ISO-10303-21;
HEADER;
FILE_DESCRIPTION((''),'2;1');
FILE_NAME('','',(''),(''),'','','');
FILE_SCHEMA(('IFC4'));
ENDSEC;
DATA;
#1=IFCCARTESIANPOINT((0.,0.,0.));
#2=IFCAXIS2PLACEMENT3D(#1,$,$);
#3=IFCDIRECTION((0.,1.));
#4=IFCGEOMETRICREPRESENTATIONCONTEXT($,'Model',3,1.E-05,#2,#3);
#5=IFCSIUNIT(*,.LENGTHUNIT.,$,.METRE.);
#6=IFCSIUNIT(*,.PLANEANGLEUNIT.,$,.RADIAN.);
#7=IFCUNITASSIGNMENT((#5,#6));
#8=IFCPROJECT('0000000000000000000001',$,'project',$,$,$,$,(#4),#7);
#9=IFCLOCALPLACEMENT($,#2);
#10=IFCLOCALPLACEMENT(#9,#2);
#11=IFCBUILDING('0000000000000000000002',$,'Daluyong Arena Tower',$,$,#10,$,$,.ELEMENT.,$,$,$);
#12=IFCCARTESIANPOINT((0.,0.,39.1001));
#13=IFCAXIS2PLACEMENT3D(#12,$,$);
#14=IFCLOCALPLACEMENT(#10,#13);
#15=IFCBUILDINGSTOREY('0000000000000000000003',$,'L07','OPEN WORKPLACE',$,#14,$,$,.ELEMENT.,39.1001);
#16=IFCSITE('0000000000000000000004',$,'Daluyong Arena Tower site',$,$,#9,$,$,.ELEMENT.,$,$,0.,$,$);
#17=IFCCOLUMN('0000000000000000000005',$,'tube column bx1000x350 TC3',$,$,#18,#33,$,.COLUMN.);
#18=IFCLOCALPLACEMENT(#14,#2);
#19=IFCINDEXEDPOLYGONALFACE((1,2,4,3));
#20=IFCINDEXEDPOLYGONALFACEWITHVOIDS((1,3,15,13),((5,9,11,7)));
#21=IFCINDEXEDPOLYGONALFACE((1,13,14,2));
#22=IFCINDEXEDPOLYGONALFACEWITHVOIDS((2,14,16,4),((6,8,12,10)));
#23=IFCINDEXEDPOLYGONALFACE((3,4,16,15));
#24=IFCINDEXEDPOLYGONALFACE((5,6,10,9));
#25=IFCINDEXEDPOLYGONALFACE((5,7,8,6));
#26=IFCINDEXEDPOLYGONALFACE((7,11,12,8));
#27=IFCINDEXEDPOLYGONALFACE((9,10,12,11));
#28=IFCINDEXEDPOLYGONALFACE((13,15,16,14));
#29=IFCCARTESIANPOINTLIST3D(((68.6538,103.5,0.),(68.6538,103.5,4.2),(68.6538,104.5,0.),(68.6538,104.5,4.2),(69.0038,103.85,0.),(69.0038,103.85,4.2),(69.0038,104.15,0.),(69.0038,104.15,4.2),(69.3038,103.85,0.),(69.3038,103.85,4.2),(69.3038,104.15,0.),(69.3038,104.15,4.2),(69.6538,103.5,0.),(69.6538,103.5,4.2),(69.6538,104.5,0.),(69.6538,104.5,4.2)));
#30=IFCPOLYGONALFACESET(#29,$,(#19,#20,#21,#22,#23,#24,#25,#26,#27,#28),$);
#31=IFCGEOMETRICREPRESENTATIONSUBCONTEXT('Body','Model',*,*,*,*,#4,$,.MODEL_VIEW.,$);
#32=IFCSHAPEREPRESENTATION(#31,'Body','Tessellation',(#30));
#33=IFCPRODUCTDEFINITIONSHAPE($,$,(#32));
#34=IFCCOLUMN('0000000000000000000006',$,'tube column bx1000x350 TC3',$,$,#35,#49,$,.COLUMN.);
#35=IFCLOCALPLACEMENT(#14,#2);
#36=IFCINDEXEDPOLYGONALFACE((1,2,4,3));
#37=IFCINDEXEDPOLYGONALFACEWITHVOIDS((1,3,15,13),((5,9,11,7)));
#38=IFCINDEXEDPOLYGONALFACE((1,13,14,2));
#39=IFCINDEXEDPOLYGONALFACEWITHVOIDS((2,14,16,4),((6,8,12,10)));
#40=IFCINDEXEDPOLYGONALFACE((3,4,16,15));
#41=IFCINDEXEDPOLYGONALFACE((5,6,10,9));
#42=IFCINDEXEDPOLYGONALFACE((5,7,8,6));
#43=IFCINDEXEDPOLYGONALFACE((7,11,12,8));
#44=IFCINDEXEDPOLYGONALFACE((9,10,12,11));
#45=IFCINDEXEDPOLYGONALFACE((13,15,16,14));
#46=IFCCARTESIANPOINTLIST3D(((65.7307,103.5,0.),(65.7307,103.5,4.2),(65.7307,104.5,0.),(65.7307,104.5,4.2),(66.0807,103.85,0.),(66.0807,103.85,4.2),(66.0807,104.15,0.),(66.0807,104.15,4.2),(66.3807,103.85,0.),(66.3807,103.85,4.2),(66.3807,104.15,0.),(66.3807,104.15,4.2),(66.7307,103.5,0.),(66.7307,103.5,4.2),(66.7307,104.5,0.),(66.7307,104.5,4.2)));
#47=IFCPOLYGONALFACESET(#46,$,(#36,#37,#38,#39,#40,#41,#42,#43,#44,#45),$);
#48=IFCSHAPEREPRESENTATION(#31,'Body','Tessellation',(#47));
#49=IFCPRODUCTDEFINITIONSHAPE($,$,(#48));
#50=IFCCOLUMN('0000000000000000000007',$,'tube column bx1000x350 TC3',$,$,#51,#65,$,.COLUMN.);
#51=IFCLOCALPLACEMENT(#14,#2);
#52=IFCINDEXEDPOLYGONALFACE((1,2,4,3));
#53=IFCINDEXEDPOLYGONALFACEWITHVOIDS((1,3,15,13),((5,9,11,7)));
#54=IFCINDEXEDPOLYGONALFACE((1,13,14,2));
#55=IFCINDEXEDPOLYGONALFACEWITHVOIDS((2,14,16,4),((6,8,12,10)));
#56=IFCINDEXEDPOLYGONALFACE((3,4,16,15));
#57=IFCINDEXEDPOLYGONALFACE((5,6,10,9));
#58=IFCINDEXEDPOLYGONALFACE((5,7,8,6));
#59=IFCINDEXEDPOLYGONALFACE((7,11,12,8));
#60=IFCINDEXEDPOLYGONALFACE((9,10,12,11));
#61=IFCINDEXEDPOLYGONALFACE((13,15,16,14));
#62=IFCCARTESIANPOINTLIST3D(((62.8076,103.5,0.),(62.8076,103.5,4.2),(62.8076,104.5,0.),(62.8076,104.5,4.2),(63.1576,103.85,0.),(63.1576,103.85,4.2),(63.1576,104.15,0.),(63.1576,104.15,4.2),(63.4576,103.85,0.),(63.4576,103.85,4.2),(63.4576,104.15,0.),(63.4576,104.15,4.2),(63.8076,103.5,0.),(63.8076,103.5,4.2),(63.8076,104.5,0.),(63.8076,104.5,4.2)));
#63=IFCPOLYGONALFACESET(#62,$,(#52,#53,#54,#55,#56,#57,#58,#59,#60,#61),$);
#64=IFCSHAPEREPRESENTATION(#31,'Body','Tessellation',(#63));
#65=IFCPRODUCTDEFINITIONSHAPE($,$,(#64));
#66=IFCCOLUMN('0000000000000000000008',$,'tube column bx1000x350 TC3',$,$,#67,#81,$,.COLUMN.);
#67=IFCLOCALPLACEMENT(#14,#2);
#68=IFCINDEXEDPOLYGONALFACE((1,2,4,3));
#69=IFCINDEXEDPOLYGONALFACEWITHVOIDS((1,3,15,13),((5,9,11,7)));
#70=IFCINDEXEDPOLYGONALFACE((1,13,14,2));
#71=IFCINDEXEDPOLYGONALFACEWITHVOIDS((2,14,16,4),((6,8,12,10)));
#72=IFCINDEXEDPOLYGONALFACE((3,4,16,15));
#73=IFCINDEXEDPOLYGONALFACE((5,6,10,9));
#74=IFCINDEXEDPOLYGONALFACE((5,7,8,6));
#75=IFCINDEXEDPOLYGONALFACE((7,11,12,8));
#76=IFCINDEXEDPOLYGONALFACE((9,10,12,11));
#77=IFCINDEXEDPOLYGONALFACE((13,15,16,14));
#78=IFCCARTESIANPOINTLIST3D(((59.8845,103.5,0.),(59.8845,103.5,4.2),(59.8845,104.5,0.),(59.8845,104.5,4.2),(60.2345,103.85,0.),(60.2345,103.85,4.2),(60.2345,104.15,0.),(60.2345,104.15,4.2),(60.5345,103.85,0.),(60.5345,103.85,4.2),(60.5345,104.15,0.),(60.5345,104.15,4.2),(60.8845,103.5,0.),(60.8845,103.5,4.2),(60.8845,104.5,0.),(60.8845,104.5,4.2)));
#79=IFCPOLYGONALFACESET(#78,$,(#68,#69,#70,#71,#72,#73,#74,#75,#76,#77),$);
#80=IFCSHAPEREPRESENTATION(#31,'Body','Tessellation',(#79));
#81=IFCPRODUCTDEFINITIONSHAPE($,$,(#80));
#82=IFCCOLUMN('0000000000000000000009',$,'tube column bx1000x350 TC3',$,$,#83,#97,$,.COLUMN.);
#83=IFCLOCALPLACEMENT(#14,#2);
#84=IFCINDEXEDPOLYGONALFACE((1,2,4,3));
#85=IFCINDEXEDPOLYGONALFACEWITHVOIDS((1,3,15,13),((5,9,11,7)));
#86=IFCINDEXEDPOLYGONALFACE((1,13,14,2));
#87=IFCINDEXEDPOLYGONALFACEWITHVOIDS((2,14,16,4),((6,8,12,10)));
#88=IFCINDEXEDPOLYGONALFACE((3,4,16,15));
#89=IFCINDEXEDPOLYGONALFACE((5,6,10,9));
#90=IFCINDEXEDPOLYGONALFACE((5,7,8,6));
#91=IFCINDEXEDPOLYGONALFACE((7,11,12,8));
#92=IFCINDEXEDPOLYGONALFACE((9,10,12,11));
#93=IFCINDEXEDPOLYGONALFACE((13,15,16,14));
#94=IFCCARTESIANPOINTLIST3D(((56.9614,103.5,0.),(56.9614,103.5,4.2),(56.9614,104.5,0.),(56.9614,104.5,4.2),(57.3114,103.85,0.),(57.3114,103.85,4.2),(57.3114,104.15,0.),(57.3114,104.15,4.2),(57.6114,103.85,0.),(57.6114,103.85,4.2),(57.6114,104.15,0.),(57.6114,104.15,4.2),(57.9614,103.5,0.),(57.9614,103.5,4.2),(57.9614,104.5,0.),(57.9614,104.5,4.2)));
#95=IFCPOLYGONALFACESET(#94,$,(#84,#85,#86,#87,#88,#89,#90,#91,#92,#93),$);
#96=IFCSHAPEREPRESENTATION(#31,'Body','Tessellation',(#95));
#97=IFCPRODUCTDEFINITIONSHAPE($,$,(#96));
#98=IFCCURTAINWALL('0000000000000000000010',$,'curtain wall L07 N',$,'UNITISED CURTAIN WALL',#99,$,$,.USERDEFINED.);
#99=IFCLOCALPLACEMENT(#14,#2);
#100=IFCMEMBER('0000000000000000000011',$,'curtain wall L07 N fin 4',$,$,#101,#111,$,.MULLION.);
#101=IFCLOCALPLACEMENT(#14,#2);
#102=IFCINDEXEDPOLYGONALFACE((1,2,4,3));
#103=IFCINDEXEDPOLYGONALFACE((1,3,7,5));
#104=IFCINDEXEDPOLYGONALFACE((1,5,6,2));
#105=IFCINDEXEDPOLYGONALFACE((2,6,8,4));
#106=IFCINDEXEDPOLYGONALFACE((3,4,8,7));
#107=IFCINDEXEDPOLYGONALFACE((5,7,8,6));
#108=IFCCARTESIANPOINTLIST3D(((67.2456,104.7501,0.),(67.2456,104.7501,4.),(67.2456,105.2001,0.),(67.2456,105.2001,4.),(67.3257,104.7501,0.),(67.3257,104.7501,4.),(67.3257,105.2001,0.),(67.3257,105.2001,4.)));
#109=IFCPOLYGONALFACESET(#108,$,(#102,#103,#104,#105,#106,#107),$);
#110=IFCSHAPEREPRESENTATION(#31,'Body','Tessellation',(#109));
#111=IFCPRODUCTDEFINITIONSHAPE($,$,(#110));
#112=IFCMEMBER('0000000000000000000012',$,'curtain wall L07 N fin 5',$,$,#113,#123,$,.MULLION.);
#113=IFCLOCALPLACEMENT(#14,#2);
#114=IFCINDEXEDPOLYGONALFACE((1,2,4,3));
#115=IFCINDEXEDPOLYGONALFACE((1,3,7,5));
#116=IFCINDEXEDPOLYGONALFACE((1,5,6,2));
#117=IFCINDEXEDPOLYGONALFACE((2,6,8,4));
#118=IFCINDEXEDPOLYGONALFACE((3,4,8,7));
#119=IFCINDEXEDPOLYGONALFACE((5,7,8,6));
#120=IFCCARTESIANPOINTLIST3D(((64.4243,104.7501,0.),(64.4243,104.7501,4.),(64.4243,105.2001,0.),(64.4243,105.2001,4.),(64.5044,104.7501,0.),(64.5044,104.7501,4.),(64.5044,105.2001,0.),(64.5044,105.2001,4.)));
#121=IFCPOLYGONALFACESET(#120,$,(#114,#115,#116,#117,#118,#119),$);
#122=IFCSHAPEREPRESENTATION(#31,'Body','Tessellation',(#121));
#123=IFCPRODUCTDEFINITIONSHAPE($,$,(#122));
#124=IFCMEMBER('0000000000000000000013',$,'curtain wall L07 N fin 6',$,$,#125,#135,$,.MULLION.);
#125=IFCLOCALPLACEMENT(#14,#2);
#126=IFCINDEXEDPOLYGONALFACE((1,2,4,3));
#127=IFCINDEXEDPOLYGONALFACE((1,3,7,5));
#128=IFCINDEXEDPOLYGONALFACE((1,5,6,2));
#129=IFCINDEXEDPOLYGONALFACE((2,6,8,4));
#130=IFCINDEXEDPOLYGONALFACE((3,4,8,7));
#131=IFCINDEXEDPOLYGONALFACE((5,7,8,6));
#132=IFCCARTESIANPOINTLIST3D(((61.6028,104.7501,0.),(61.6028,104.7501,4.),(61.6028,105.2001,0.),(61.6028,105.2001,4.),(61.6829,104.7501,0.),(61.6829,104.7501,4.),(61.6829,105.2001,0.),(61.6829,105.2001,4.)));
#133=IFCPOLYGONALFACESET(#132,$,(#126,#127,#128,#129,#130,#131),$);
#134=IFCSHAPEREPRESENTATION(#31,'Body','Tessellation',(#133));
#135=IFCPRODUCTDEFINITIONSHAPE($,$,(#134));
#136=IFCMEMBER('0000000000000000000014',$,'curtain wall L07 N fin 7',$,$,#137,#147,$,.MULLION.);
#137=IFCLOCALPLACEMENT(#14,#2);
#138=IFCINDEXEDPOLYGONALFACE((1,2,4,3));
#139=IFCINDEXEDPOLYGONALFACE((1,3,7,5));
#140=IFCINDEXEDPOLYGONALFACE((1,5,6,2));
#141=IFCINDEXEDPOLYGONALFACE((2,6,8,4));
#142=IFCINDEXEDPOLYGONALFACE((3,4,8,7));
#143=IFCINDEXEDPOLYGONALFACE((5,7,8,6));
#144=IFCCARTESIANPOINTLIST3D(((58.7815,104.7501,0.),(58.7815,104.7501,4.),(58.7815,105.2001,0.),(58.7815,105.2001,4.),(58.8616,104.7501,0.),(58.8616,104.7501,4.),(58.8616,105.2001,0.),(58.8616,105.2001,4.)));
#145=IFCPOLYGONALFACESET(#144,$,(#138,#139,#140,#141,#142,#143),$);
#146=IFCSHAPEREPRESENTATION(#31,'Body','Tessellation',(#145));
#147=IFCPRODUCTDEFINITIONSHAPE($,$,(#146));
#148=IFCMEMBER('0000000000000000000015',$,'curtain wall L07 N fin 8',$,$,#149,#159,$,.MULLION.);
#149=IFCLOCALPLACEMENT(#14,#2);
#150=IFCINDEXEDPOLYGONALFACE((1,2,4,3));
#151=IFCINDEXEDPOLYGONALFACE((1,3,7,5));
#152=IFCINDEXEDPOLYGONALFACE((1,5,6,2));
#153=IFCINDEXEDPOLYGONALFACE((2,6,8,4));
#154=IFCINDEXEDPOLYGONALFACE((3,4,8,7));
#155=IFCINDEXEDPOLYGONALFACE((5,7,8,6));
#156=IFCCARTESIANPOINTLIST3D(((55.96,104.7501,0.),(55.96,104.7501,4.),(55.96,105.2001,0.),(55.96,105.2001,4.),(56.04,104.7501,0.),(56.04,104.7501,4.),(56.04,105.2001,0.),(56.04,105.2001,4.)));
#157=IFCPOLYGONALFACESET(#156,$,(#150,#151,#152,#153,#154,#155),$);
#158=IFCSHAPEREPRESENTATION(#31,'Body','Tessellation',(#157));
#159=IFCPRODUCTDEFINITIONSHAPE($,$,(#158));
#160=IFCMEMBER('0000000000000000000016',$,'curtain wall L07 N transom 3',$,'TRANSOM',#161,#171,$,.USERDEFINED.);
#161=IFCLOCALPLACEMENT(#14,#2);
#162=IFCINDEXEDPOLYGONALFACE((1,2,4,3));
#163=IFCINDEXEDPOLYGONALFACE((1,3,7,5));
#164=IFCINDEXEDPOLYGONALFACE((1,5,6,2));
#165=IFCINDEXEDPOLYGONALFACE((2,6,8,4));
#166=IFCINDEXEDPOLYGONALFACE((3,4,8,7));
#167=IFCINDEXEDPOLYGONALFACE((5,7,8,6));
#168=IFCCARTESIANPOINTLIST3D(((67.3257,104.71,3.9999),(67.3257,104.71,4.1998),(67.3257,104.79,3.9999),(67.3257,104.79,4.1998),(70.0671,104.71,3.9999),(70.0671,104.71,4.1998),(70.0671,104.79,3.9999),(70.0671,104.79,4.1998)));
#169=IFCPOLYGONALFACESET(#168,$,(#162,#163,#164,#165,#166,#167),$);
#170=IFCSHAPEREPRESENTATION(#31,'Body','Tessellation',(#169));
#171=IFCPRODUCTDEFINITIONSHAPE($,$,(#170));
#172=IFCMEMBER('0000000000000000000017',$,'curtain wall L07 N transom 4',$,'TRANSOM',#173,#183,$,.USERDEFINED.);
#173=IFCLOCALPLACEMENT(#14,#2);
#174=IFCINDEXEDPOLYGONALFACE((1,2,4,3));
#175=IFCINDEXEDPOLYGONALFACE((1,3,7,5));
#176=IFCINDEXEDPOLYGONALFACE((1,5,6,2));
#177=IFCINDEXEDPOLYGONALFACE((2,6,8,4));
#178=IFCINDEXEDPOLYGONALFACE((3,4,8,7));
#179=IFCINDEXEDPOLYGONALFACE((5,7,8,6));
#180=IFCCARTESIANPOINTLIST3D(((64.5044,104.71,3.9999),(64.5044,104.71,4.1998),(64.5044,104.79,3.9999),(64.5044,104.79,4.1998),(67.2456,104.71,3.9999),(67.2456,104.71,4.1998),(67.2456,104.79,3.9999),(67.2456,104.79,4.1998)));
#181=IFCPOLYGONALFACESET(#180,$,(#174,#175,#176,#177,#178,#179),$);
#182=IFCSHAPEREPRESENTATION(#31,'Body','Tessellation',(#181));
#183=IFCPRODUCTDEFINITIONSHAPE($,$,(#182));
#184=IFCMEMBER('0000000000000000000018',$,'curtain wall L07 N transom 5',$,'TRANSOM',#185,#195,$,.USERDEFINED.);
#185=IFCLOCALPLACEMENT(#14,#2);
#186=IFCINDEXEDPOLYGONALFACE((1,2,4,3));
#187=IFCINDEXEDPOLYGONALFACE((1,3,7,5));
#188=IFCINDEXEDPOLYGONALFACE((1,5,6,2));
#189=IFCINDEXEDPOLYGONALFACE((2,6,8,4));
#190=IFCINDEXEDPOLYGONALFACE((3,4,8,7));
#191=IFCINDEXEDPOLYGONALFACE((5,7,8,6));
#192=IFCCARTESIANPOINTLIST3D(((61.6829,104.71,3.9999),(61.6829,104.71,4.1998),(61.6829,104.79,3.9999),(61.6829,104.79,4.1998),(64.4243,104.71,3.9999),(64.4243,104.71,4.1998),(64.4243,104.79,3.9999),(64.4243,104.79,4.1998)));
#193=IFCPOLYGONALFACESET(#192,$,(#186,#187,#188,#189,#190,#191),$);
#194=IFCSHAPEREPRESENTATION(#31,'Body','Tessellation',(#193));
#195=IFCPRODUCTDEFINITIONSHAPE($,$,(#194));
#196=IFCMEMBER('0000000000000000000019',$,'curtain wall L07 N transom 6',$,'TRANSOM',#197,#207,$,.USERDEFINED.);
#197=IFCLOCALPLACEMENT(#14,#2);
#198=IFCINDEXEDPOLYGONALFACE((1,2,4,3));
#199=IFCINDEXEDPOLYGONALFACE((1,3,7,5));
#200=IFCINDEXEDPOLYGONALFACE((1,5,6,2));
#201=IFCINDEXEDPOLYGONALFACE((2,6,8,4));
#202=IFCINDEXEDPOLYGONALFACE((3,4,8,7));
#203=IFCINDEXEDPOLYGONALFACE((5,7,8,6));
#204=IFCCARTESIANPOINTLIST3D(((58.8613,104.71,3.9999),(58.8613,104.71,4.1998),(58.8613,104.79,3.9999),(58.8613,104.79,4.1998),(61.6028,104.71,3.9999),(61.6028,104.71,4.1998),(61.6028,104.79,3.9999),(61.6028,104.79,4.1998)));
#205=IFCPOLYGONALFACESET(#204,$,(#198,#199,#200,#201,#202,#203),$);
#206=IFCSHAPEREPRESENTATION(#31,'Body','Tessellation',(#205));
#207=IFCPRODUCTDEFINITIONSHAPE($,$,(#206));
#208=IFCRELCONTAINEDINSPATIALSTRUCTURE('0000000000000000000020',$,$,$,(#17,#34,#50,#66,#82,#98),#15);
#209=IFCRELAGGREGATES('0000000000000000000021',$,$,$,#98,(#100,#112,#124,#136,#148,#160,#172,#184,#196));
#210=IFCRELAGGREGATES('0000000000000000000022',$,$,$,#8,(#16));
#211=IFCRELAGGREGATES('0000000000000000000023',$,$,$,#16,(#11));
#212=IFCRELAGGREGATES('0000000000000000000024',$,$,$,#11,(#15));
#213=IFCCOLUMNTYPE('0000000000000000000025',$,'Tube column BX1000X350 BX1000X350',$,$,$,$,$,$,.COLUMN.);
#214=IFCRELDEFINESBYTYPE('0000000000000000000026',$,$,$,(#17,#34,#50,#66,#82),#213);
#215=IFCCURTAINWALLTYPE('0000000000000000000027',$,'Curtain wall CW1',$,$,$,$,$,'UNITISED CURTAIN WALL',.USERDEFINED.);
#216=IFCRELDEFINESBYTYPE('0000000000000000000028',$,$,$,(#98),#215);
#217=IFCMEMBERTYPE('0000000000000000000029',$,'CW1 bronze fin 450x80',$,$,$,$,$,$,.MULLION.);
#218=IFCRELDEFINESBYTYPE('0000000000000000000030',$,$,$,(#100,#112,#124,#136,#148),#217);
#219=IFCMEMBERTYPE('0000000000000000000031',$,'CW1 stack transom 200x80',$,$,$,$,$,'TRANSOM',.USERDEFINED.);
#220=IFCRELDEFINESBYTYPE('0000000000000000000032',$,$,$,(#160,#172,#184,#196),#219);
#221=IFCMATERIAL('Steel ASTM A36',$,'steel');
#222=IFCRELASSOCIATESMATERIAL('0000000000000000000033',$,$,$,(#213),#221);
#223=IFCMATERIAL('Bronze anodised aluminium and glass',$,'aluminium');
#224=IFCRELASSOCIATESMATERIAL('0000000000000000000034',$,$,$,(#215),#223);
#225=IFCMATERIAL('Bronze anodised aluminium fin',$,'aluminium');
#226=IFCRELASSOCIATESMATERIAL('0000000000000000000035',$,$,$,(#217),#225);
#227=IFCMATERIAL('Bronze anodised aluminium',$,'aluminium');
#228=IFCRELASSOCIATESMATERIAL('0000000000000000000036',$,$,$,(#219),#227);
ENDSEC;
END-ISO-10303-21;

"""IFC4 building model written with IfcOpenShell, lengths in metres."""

from ifc_helpers import new_model, si_unit, direction, frame, origin, origin_2d, place, context, subcontext, project, spatial, rectangle, hollow_rectangle, extrude, material, material_profile, profile_set, type_object, element, aggregate, save


model = new_model("IFC4")

# Units and contexts
model_context = context("Model", 3, precision=1e-05, world=origin(), true_north=direction((0.0, 1.0)))
body_context = subcontext(model_context, "Body", "Model", "MODEL_VIEW")
ifc_project = project(units=[si_unit("LENGTHUNIT", "METRE"), si_unit("PLANEANGLEUNIT", "RADIAN")], contexts=[model_context])

# Site, building, storey
site_placement = place(None, origin())
site = spatial("IfcSite", under=ifc_project, at=site_placement, Name="Daluyong Arena Tower site", CompositionType="ELEMENT", RefElevation=0.0)
building_placement = place(site_placement, origin())
building = spatial("IfcBuilding", under=site, at=building_placement, Name="Daluyong Arena Tower", CompositionType="ELEMENT")
storey_placement = place(building_placement, frame((0.0, 0.0, 39.1001)))
storey = spatial("IfcBuildingStorey", under=building, at=storey_placement, Name="L07", Description="OPEN WORKPLACE", CompositionType="ELEMENT", Elevation=39.1001)

# Columns
ifc_material_1 = material(Name="Steel ASTM A36", Category="steel")
ifc_material_profile_1 = material_profile(ifc_material_1, hollow_rectangle(XDim=1.0, YDim=1.0, WallThickness=0.35, at=origin_2d()))
ifc_profile_set_1 = profile_set([ifc_material_profile_1], Name="Steel ASTM A36")
column_type = type_object("IfcColumnType", Name="Tube column BX1000X350 BX1000X350", PredefinedType="COLUMN", material=ifc_profile_set_1)
for number, where, z_axis, x_axis, name in (
    (1, (69.1538, 104.0, 0.0), (0.0, 0.0, 1.0), (1.0, 0.0, 0.0), "tube column bx1000x350 TC3"),
    (2, (66.2307, 104.0, 0.0), (0.0, 0.0, 1.0), (1.0, 0.0, 0.0), "tube column bx1000x350 TC3"),
    (3, (63.3076, 104.0, 0.0), (0.0, 0.0, 1.0), (1.0, 0.0, 0.0), "tube column bx1000x350 TC3"),
    (4, (60.3845, 104.0, 0.0), (0.0, 0.0, 1.0), (1.0, 0.0, 0.0), "tube column bx1000x350 TC3"),
    (5, (57.4614, 104.0, 0.0), (0.0, 0.0, 1.0), (1.0, 0.0, 0.0), "tube column bx1000x350 TC3"),
):
    element("IfcColumn", number, at=place(storey_placement, frame(where, z_axis=z_axis, x_axis=x_axis)), inside=storey, type_object=column_type, Name=name, PredefinedType="COLUMN", context=body_context, shape_type="SweptSolid", body=[
        extrude(hollow_rectangle(XDim=1.0, YDim=1.0, WallThickness=0.35, at=origin_2d()), origin(), (0.0, 0.0, 1.0), 4.2),
    ])

# Curtain wall, members
ifc_material_2 = material(Name="Bronze anodised aluminium and glass", Category="aluminium")
curtain_wall_type = type_object("IfcCurtainWallType", Name="Curtain wall CW1", ElementType="UNITISED CURTAIN WALL", PredefinedType="USERDEFINED", material=ifc_material_2)
curtain_wall_placement = place(storey_placement, origin())
curtain_wall = element("IfcCurtainWall", 6, at=curtain_wall_placement, inside=storey, type_object=curtain_wall_type, Name="curtain wall L07 N", ObjectType="UNITISED CURTAIN WALL", PredefinedType="USERDEFINED")
ifc_material_3 = material(Name="Bronze anodised aluminium fin", Category="aluminium")
ifc_material_profile_2 = material_profile(ifc_material_3, rectangle(XDim=0.45, YDim=0.0801, at=origin_2d()))
ifc_profile_set_2 = profile_set([ifc_material_profile_2], Name="Bronze anodised aluminium fin")
member_type_1 = type_object("IfcMemberType", Name="CW1 bronze fin 450x80", PredefinedType="MULLION", material=ifc_profile_set_2)
member_1_placement = place(storey_placement, frame((67.2856, 104.9751, 0.0), z_axis=(0.0, 0.0, 1.0), x_axis=(0.0, -1.0, 0.0)))
member_1 = element("IfcMember", 7, at=member_1_placement, type_object=member_type_1, Name="curtain wall L07 N fin 4", PredefinedType="MULLION", context=body_context, shape_type="SweptSolid", body=[
    extrude(rectangle(XDim=0.45, YDim=0.0801, at=origin_2d()), origin(), (0.0, 0.0, 1.0), 4.0),
])
member_2_placement = place(storey_placement, frame((64.4644, 104.9751, 0.0), z_axis=(0.0, 0.0, 1.0), x_axis=(0.0, -1.0, 0.0)))
member_2 = element("IfcMember", 8, at=member_2_placement, type_object=member_type_1, Name="curtain wall L07 N fin 5", PredefinedType="MULLION", context=body_context, shape_type="SweptSolid", body=[
    extrude(rectangle(XDim=0.45, YDim=0.0801, at=origin_2d()), origin(), (0.0, 0.0, 1.0), 4.0),
])
member_3_placement = place(storey_placement, frame((61.6428, 104.9751, 0.0), z_axis=(0.0, 0.0, 1.0), x_axis=(0.0, -1.0, 0.0)))
member_3 = element("IfcMember", 9, at=member_3_placement, type_object=member_type_1, Name="curtain wall L07 N fin 6", PredefinedType="MULLION", context=body_context, shape_type="SweptSolid", body=[
    extrude(rectangle(XDim=0.45, YDim=0.0801, at=origin_2d()), origin(), (0.0, 0.0, 1.0), 4.0),
])
member_4_placement = place(storey_placement, frame((58.8215, 104.9751, 0.0), z_axis=(0.0, 0.0, 1.0), x_axis=(0.0, -1.0, 0.0)))
member_4 = element("IfcMember", 10, at=member_4_placement, type_object=member_type_1, Name="curtain wall L07 N fin 7", PredefinedType="MULLION", context=body_context, shape_type="SweptSolid", body=[
    extrude(rectangle(XDim=0.45, YDim=0.0801, at=origin_2d()), origin(), (0.0, 0.0, 1.0), 4.0),
])
member_5_placement = place(storey_placement, frame((56.0, 104.9751, 0.0), z_axis=(0.0, 0.0, 1.0), x_axis=(0.0, -1.0, 0.0)))
member_5 = element("IfcMember", 11, at=member_5_placement, type_object=member_type_1, Name="curtain wall L07 N fin 8", PredefinedType="MULLION", context=body_context, shape_type="SweptSolid", body=[
    extrude(rectangle(XDim=0.45, YDim=0.0801, at=origin_2d()), origin(), (0.0, 0.0, 1.0), 4.0),
])
ifc_material_4 = material(Name="Bronze anodised aluminium", Category="aluminium")
ifc_material_profile_3 = material_profile(ifc_material_4, rectangle(XDim=0.0801, YDim=0.2, at=origin_2d()))
ifc_profile_set_3 = profile_set([ifc_material_profile_3], Name="Bronze anodised aluminium")
member_type_2 = type_object("IfcMemberType", Name="CW1 stack transom 200x80", ElementType="TRANSOM", PredefinedType="USERDEFINED", material=ifc_profile_set_3)
member_6_placement = place(storey_placement, frame((70.0671, 104.75, 4.0999), z_axis=(-1.0, 0.0, 0.0), x_axis=(0.0, -1.0, 0.0)))
member_6 = element("IfcMember", 12, at=member_6_placement, type_object=member_type_2, Name="curtain wall L07 N transom 3", ObjectType="TRANSOM", PredefinedType="USERDEFINED", context=body_context, shape_type="SweptSolid", body=[
    extrude(rectangle(XDim=0.0801, YDim=0.2, at=origin_2d()), origin(), (0.0, 0.0, 1.0), 2.7415),
])
member_7_placement = place(storey_placement, frame((67.2456, 104.75, 4.0999), z_axis=(-1.0, 0.0, 0.0), x_axis=(0.0, -1.0, 0.0)))
member_7 = element("IfcMember", 13, at=member_7_placement, type_object=member_type_2, Name="curtain wall L07 N transom 4", ObjectType="TRANSOM", PredefinedType="USERDEFINED", context=body_context, shape_type="SweptSolid", body=[
    extrude(rectangle(XDim=0.0801, YDim=0.2, at=origin_2d()), origin(), (0.0, 0.0, 1.0), 2.7412),
])
member_8_placement = place(storey_placement, frame((64.4243, 104.75, 4.0999), z_axis=(-1.0, 0.0, 0.0), x_axis=(0.0, -1.0, 0.0)))
member_8 = element("IfcMember", 14, at=member_8_placement, type_object=member_type_2, Name="curtain wall L07 N transom 5", ObjectType="TRANSOM", PredefinedType="USERDEFINED", context=body_context, shape_type="SweptSolid", body=[
    extrude(rectangle(XDim=0.0801, YDim=0.2, at=origin_2d()), origin(), (0.0, 0.0, 1.0), 2.7415),
])
member_9_placement = place(storey_placement, frame((61.6028, 104.75, 4.0999), z_axis=(-1.0, 0.0, 0.0), x_axis=(0.0, -1.0, 0.0)))
member_9 = element("IfcMember", 15, at=member_9_placement, type_object=member_type_2, Name="curtain wall L07 N transom 6", ObjectType="TRANSOM", PredefinedType="USERDEFINED", context=body_context, shape_type="SweptSolid", body=[
    extrude(rectangle(XDim=0.0801, YDim=0.2, at=origin_2d()), origin(), (0.0, 0.0, 1.0), 2.7415),
])

aggregate(curtain_wall, [member_1, member_2, member_3, member_4, member_5, member_6, member_7, member_8, member_9])

save(model, "model.ifc")
